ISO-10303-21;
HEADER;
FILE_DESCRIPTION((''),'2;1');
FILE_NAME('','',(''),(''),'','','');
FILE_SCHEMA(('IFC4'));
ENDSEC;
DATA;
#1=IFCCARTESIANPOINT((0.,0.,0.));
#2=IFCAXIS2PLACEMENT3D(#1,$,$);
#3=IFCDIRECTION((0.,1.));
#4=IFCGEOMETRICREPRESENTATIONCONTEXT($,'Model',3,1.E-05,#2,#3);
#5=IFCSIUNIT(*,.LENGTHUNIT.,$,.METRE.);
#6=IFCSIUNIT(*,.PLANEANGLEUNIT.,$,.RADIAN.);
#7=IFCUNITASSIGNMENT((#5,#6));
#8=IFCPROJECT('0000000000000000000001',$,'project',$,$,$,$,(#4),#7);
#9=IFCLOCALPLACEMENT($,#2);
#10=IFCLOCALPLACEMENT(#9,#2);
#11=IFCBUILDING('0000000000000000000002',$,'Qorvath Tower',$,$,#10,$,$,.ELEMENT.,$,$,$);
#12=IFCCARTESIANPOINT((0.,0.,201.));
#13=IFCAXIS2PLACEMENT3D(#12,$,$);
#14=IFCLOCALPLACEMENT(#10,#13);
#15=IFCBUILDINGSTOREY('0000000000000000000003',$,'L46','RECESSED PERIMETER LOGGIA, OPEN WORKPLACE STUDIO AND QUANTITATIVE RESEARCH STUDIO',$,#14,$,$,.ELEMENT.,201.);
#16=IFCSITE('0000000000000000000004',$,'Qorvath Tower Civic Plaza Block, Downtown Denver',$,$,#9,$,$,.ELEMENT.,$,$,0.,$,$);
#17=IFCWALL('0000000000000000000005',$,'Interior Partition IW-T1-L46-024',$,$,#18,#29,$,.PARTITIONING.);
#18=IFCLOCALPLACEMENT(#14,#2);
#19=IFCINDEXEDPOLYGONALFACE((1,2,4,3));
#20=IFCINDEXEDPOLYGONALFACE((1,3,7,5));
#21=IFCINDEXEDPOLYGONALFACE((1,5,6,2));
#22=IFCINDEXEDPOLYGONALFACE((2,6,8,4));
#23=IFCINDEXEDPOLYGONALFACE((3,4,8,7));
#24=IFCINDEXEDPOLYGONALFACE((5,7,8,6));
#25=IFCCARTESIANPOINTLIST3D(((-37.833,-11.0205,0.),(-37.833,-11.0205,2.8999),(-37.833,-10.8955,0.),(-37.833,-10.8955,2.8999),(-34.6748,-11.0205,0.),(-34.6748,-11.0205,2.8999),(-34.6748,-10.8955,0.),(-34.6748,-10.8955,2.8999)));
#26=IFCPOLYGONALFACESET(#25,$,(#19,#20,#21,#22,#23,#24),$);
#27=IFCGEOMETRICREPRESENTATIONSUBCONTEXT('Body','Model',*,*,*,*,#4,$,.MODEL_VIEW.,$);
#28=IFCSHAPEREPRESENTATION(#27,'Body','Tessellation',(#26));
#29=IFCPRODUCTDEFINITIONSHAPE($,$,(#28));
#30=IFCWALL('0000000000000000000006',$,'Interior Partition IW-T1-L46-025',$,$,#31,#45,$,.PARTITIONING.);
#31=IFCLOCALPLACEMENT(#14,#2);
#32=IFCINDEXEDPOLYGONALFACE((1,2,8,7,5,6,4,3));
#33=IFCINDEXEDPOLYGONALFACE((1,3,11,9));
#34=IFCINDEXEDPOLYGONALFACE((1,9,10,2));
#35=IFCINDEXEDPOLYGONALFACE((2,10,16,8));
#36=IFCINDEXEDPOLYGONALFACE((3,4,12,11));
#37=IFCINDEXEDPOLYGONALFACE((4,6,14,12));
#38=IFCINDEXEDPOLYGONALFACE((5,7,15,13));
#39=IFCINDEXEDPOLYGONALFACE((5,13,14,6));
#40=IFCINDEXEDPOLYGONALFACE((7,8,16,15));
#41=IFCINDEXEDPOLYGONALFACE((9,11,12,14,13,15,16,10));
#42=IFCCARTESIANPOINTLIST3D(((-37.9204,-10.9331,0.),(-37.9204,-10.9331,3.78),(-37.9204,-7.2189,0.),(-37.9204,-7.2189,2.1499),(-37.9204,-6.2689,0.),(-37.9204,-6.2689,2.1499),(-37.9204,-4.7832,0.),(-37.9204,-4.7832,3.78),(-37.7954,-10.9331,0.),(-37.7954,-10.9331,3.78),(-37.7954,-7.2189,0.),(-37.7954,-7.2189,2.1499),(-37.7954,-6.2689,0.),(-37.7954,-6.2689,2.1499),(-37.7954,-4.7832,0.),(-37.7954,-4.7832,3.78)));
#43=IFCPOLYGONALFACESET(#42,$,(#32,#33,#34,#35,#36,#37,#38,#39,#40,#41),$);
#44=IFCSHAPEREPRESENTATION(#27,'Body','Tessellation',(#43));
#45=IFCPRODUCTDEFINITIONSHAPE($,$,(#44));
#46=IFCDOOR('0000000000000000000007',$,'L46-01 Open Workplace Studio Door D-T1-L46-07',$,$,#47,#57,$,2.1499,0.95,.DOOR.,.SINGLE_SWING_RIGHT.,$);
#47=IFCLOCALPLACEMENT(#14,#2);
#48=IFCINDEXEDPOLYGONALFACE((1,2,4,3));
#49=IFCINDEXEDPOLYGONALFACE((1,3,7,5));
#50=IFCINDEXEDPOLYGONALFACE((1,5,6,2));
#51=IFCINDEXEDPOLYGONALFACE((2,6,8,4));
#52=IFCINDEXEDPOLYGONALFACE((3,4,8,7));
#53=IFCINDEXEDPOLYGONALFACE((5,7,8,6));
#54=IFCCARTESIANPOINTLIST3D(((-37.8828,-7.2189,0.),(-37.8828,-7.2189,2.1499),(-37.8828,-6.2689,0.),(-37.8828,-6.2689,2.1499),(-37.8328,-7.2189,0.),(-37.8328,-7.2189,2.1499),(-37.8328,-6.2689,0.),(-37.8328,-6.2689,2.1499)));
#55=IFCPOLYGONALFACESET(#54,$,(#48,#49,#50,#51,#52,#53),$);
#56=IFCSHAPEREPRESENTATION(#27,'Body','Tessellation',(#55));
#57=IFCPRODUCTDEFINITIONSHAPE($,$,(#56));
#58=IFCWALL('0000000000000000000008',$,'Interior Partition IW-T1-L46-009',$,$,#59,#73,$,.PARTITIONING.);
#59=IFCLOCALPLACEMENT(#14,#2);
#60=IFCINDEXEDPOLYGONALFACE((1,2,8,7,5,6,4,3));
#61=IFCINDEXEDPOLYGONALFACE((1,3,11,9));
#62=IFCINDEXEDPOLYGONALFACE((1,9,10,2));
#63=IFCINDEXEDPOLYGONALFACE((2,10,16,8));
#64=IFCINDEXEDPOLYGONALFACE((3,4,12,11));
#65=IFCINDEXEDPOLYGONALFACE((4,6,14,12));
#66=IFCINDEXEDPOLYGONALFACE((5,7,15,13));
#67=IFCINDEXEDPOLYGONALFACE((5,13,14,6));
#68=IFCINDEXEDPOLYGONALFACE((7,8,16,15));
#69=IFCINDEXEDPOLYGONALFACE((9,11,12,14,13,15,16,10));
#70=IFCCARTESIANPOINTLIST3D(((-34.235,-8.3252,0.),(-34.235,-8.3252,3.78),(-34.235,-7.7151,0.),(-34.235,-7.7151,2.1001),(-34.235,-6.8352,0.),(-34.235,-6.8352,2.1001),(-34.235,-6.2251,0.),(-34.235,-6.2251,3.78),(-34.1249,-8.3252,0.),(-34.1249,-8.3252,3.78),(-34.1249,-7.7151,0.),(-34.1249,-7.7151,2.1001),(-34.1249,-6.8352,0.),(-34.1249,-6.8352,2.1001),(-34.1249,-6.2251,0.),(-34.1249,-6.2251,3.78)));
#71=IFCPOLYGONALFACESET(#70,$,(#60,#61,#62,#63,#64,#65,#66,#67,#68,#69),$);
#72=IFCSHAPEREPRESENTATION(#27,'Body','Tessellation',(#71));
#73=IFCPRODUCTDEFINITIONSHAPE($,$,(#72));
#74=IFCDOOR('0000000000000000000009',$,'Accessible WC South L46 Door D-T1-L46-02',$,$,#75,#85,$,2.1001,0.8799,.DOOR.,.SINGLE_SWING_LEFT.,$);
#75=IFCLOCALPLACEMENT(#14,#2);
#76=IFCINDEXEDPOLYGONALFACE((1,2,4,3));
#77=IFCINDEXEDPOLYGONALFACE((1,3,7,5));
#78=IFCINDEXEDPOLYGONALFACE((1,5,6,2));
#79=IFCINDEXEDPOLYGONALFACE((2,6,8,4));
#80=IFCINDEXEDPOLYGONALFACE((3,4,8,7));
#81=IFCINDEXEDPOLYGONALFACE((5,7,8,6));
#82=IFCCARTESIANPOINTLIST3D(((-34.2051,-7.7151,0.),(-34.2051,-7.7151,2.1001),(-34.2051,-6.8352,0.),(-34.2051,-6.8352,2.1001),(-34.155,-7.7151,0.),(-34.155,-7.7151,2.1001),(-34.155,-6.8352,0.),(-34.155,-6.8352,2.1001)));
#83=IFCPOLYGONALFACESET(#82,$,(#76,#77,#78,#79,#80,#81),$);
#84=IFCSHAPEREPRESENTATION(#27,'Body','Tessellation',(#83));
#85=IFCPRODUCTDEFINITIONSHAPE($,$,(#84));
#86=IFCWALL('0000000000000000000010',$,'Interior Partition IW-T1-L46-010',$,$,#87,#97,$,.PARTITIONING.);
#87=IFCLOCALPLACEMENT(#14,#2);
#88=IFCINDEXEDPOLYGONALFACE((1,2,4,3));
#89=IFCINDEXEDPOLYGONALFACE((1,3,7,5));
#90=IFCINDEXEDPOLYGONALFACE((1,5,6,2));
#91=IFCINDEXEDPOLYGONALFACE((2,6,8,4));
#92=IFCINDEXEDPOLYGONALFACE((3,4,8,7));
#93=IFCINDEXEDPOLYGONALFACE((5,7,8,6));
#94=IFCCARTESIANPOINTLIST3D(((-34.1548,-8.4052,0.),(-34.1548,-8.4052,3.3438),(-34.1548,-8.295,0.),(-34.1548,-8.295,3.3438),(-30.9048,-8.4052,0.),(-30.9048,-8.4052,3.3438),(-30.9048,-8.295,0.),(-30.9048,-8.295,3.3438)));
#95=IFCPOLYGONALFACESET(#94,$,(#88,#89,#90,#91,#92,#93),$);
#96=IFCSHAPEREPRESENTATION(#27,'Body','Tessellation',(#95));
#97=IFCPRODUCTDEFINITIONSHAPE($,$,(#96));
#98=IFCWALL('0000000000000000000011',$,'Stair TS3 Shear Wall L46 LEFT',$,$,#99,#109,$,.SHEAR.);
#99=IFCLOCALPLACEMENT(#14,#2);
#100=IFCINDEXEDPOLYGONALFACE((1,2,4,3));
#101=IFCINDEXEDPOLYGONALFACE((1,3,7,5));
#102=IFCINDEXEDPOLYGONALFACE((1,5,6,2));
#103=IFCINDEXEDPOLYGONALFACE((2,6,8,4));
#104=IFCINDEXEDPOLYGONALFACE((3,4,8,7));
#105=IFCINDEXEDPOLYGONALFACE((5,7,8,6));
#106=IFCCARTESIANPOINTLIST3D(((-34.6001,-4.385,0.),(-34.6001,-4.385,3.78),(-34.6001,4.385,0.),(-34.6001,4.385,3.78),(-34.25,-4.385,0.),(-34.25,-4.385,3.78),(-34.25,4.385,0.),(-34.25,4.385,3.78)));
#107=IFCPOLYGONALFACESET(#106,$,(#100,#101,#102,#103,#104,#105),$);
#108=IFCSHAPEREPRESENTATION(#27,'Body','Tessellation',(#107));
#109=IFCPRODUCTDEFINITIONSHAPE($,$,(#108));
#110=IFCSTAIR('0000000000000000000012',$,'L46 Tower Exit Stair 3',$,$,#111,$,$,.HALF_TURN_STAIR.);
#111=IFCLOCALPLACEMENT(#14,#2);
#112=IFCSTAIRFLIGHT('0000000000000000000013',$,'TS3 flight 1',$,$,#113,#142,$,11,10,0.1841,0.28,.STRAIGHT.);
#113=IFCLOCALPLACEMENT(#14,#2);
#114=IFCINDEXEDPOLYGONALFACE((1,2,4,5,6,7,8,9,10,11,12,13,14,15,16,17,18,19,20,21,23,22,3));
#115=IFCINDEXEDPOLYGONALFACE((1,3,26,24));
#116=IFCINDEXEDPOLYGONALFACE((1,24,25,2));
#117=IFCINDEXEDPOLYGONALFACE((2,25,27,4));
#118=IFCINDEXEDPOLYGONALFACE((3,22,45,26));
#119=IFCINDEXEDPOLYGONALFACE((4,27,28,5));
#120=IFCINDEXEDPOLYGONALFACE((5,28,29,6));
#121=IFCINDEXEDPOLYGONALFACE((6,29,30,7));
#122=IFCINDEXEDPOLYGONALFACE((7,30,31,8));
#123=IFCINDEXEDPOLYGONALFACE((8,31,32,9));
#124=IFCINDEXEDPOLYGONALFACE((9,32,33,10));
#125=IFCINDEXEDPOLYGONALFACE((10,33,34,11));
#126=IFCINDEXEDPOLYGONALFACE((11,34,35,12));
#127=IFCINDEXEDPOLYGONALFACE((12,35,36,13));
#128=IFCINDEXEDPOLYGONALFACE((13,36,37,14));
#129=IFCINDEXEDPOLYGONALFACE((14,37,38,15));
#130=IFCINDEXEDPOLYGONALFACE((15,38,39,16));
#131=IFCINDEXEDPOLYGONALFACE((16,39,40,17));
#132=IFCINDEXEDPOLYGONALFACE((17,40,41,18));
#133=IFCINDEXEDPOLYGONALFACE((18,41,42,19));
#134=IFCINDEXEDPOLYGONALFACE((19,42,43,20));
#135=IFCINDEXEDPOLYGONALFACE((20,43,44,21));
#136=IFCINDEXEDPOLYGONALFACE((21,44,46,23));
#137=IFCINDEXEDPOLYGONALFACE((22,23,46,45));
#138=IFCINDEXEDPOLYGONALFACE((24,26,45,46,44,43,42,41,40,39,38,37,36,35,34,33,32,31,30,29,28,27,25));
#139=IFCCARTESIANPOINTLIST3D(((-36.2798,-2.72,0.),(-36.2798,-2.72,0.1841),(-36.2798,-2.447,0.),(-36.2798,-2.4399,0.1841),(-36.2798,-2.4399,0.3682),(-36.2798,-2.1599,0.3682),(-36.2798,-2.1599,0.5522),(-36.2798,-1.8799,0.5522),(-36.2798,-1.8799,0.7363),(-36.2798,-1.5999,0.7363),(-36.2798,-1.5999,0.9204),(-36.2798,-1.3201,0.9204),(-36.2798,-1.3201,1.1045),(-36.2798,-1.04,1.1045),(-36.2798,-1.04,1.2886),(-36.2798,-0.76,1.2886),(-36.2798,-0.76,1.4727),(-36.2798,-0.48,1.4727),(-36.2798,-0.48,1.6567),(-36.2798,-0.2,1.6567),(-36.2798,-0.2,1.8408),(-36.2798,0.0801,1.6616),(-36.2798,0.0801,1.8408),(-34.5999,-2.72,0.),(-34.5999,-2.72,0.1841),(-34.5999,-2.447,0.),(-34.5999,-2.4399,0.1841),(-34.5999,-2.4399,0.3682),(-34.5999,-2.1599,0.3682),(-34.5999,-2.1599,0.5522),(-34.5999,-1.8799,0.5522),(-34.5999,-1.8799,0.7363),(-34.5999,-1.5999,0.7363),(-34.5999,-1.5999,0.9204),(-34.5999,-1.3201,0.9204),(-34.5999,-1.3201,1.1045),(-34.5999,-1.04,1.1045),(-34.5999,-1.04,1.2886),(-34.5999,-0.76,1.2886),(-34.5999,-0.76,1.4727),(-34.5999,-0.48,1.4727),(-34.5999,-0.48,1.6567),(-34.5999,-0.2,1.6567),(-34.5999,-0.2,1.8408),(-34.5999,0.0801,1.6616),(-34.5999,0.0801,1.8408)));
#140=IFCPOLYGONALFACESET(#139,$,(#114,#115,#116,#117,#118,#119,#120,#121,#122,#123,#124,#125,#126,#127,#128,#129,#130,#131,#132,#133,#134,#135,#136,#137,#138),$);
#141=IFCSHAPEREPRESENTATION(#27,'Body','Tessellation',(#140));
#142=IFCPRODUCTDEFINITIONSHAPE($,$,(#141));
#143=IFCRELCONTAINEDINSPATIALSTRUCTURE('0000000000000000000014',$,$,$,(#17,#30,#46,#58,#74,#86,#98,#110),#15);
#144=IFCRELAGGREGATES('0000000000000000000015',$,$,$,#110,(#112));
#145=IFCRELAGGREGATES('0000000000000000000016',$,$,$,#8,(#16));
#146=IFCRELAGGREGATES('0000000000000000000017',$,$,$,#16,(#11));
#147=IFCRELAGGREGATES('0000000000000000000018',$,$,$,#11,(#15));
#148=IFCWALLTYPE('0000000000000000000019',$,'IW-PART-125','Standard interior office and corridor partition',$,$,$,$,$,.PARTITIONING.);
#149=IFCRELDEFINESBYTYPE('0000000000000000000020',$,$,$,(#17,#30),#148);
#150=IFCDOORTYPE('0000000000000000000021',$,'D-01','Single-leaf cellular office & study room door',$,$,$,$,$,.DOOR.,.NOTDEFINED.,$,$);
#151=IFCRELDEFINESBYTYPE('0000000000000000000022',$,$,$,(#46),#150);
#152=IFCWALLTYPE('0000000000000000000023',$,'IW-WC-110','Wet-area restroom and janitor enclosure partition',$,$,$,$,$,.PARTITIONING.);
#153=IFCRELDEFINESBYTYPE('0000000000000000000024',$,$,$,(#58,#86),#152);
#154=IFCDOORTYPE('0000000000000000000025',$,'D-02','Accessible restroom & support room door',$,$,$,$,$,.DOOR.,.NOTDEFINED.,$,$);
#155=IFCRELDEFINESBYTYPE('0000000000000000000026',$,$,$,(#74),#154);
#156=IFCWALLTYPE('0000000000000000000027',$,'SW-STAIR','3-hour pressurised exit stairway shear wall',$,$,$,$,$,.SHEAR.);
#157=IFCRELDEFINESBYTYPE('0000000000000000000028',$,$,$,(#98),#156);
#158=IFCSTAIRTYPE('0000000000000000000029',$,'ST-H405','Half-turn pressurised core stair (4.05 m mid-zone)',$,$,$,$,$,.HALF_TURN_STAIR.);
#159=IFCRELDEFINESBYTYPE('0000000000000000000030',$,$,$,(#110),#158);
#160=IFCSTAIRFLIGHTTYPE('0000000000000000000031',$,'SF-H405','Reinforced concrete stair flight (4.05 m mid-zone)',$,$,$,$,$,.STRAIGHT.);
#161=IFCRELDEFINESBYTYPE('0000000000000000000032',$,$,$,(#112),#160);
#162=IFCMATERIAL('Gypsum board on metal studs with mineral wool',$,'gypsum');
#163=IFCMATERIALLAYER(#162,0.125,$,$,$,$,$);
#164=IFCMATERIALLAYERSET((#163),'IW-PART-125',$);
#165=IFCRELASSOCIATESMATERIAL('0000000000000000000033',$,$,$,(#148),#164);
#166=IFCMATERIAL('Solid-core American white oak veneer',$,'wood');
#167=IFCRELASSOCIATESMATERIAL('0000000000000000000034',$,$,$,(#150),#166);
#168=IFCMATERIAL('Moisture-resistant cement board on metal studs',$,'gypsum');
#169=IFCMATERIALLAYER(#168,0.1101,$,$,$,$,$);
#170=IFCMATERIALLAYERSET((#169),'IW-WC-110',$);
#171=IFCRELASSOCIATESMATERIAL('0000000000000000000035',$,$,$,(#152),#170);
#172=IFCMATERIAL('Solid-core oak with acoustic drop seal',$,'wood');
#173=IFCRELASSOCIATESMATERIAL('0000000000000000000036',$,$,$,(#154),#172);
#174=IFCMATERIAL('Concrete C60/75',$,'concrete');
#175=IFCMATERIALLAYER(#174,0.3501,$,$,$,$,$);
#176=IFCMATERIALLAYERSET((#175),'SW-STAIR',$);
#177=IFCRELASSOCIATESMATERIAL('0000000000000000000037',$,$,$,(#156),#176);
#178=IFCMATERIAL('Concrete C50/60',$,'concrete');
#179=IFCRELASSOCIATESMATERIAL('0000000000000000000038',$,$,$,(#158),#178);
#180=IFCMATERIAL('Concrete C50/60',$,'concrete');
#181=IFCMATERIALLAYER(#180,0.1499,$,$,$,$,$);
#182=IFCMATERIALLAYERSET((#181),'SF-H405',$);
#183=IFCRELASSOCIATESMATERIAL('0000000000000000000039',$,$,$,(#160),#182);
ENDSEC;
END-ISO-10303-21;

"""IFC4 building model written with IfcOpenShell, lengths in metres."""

from ifc_helpers import new_model, si_unit, direction, frame, frame_2d, origin, place, context, subcontext, project, spatial, polyline, rectangle, outline, extrude, material, layer, layer_set, type_object, element, fill, aggregate, save


model = new_model("IFC4")

# Units and contexts
model_context = context("Model", 3, precision=1e-05, world=origin(), true_north=direction((0.0, 1.0)))
body_context = subcontext(model_context, "Body", "Model", "MODEL_VIEW")
ifc_project = project(units=[si_unit("LENGTHUNIT", "METRE"), si_unit("PLANEANGLEUNIT", "RADIAN")], contexts=[model_context])

# Site, building, storey
site_placement = place(None, origin())
site = spatial("IfcSite", under=ifc_project, at=site_placement, Name="Qorvath Tower Civic Plaza Block, Downtown Denver", CompositionType="ELEMENT", RefElevation=0.0)
building_placement = place(site_placement, origin())
building = spatial("IfcBuilding", under=site, at=building_placement, Name="Qorvath Tower", CompositionType="ELEMENT")
storey_placement = place(building_placement, frame((0.0, 0.0, 201.0)))
storey = spatial("IfcBuildingStorey", under=building, at=storey_placement, Name="L46", Description="RECESSED PERIMETER LOGGIA, OPEN WORKPLACE STUDIO AND QUANTITATIVE RESEARCH STUDIO", CompositionType="ELEMENT", Elevation=201.0)

# Wall
ifc_material_1 = material(Name="Gypsum board on metal studs with mineral wool", Category="gypsum")
ifc_layer_1 = layer(ifc_material_1, 0.125)
ifc_layer_set_1 = layer_set([ifc_layer_1], Name="IW-PART-125")
wall_type_1 = type_object("IfcWallType", Name="IW-PART-125", Description="Standard interior office and corridor partition", PredefinedType="PARTITIONING", material=ifc_layer_set_1)
wall_1_placement = place(storey_placement, frame((-37.833, -10.958, 0.0), z_axis=(0.0, 0.0, 1.0), x_axis=(1.0, 0.0, 0.0)))
element("IfcWall", 1, at=wall_1_placement, inside=storey, type_object=wall_type_1, Name="Interior Partition IW-T1-L46-024", PredefinedType="PARTITIONING", context=body_context, shape_type="SweptSolid", body=[
    extrude(rectangle(XDim=3.1582, YDim=0.125, at=frame_2d((1.5791, 0.0))), origin(), (0.0, 0.0, 1.0), 2.8999),
])

# Walls, openings, doors
wall_2_placement = place(storey_placement, frame((-37.8579, -10.9331, 0.0), z_axis=(0.0, 0.0, 1.0), x_axis=(0.0, 1.0, 0.0)))
wall_2 = element("IfcWall", 2, at=wall_2_placement, inside=storey, type_object=wall_type_1, Name="Interior Partition IW-T1-L46-025", PredefinedType="PARTITIONING", context=body_context, shape_type="SweptSolid", body=[
    extrude(rectangle(XDim=6.1499, YDim=0.125, at=frame_2d((3.075, 0.0))), origin(), (0.0, 0.0, 1.0), 3.78),
])
opening_1_placement = place(wall_2_placement, frame((3.7141, 0.0, 0.0)))
opening_1 = element("IfcOpeningElement", 3, at=opening_1_placement, cuts=wall_2, PredefinedType="OPENING", context=body_context, shape_type="SweptSolid", body=[
    extrude(rectangle(XDim=0.95, YDim=2.1499, at=frame_2d((0.4751, 1.075))), frame((0.0, 0.0725, 0.0), z_axis=(0.0, -1.0, 0.0), x_axis=(1.0, 0.0, 0.0)), (0.0, 0.0, 1.0), 0.145),
])
ifc_material_2 = material(Name="Solid-core American white oak veneer", Category="wood")
door_type_1 = type_object("IfcDoorType", Name="D-01", Description="Single-leaf cellular office & study room door", OperationType="NOTDEFINED", PredefinedType="DOOR", material=ifc_material_2)
door_1_placement = place(opening_1_placement, origin())
door_1 = element("IfcDoor", 4, at=door_1_placement, inside=storey, type_object=door_type_1, Name="L46-01 Open Workplace Studio Door D-T1-L46-07", OperationType="SINGLE_SWING_RIGHT", OverallHeight=2.1499, OverallWidth=0.95, PredefinedType="DOOR", context=body_context, shape_type="SweptSolid", body=[
    extrude(rectangle(XDim=0.95, YDim=2.1499, at=frame_2d((0.4751, 1.075))), frame((0.0, 0.0249, 0.0), z_axis=(0.0, -1.0, 0.0), x_axis=(1.0, 0.0, 0.0)), (0.0, 0.0, 1.0), 0.05),
])
fill(opening_1, door_1)
ifc_material_3 = material(Name="Moisture-resistant cement board on metal studs", Category="gypsum")
ifc_layer_2 = layer(ifc_material_3, 0.1101)
ifc_layer_set_2 = layer_set([ifc_layer_2], Name="IW-WC-110")
wall_type_2 = type_object("IfcWallType", Name="IW-WC-110", Description="Wet-area restroom and janitor enclosure partition", PredefinedType="PARTITIONING", material=ifc_layer_set_2)
wall_3_placement = place(storey_placement, frame((-34.1799, -6.2251, 0.0), z_axis=(0.0, 0.0, 1.0), x_axis=(0.0, -1.0, 0.0)))
wall_3 = element("IfcWall", 5, at=wall_3_placement, inside=storey, type_object=wall_type_2, Name="Interior Partition IW-T1-L46-009", PredefinedType="PARTITIONING", context=body_context, shape_type="SweptSolid", body=[
    extrude(rectangle(XDim=2.1001, YDim=0.1101, at=frame_2d((1.05, 0.0))), origin(), (0.0, 0.0, 1.0), 3.78),
])
opening_2_placement = place(wall_3_placement, frame((0.6101, 0.0, 0.0)))
opening_2 = element("IfcOpeningElement", 6, at=opening_2_placement, cuts=wall_3, PredefinedType="OPENING", context=body_context, shape_type="SweptSolid", body=[
    extrude(rectangle(XDim=0.8799, YDim=2.1001, at=frame_2d((0.4399, 1.05))), frame((0.0, 0.0649, 0.0), z_axis=(0.0, -1.0, 0.0), x_axis=(1.0, 0.0, 0.0)), (0.0, 0.0, 1.0), 0.1301),
])
ifc_material_4 = material(Name="Solid-core oak with acoustic drop seal", Category="wood")
door_type_2 = type_object("IfcDoorType", Name="D-02", Description="Accessible restroom & support room door", OperationType="NOTDEFINED", PredefinedType="DOOR", material=ifc_material_4)
door_2_placement = place(opening_2_placement, origin())
door_2 = element("IfcDoor", 7, at=door_2_placement, inside=storey, type_object=door_type_2, Name="Accessible WC South L46 Door D-T1-L46-02", OperationType="SINGLE_SWING_LEFT", OverallHeight=2.1001, OverallWidth=0.8799, PredefinedType="DOOR", context=body_context, shape_type="SweptSolid", body=[
    extrude(rectangle(XDim=0.8799, YDim=2.1001, at=frame_2d((0.4399, 1.05))), frame((0.0, 0.0249, 0.0), z_axis=(0.0, -1.0, 0.0), x_axis=(1.0, 0.0, 0.0)), (0.0, 0.0, 1.0), 0.05),
])
fill(opening_2, door_2)

# Walls
wall_4_placement = place(storey_placement, frame((-34.1548, -8.3501, 0.0), z_axis=(0.0, 0.0, 1.0), x_axis=(1.0, 0.0, 0.0)))
element("IfcWall", 8, at=wall_4_placement, inside=storey, type_object=wall_type_2, Name="Interior Partition IW-T1-L46-010", PredefinedType="PARTITIONING", context=body_context, shape_type="SweptSolid", body=[
    extrude(rectangle(XDim=3.25, YDim=0.1101, at=frame_2d((1.625, 0.0))), origin(), (0.0, 0.0, 1.0), 3.3438),
])
ifc_material_5 = material(Name="Concrete C60/75", Category="concrete")
ifc_layer_3 = layer(ifc_material_5, 0.3501)
ifc_layer_set_3 = layer_set([ifc_layer_3], Name="SW-STAIR")
wall_type_3 = type_object("IfcWallType", Name="SW-STAIR", Description="3-hour pressurised exit stairway shear wall", PredefinedType="SHEAR", material=ifc_layer_set_3)
wall_5_placement = place(storey_placement, frame((-34.425, -4.385, 0.0), z_axis=(0.0, 0.0, 1.0), x_axis=(0.0, 1.0, 0.0)))
element("IfcWall", 9, at=wall_5_placement, inside=storey, type_object=wall_type_3, Name="Stair TS3 Shear Wall L46 LEFT", PredefinedType="SHEAR", context=body_context, shape_type="SweptSolid", body=[
    extrude(rectangle(XDim=8.77, YDim=0.3501, at=frame_2d((4.385, 0.0))), origin(), (0.0, 0.0, 1.0), 3.78),
])

# Stair, stair flight
ifc_material_6 = material(Name="Concrete C50/60", Category="concrete")
stair_type = type_object("IfcStairType", Name="ST-H405", Description="Half-turn pressurised core stair (4.05 m mid-zone)", PredefinedType="HALF_TURN_STAIR", material=ifc_material_6)
stair_placement = place(storey_placement, origin())
stair = element("IfcStair", 10, at=stair_placement, inside=storey, type_object=stair_type, Name="L46 Tower Exit Stair 3", PredefinedType="HALF_TURN_STAIR")
ifc_material_7 = material(Name="Concrete C50/60", Category="concrete")
ifc_layer_4 = layer(ifc_material_7, 0.1499)
ifc_layer_set_4 = layer_set([ifc_layer_4], Name="SF-H405")
stair_flight_type = type_object("IfcStairFlightType", Name="SF-H405", Description="Reinforced concrete stair flight (4.05 m mid-zone)", PredefinedType="STRAIGHT", material=ifc_layer_set_4)
stair_flight_placement = place(storey_placement, frame((-35.4399, -2.72, 0.0), z_axis=(0.0, 0.0, 1.0), x_axis=(0.0, 1.0, 0.0)))
stair_flight = element("IfcStairFlight", 11, at=stair_flight_placement, type_object=stair_flight_type, Name="TS3 flight 1", NumberOfRisers=11, NumberOfTreads=10, PredefinedType="STRAIGHT", RiserHeight=0.1841, TreadLength=0.28, context=body_context, shape_type="SweptSolid", body=[
    extrude(outline(polyline([(0.0, 0.0), (0.0, 0.1841), (0.28, 0.1841), (0.28, 0.3682), (0.5601, 0.3682), (0.5601, 0.5522), (0.8401, 0.5522), (0.8401, 0.7363), (1.1201, 0.7363), (1.1201, 0.9204), (1.3999, 0.9204), (1.3999, 1.1045), (1.6799, 1.1045), (1.6799, 1.2886), (1.96, 1.2886), (1.96, 1.4727), (2.24, 1.4727), (2.24, 1.6567), (2.52, 1.6567), (2.52, 1.8408), (2.8, 1.8408), (2.8, 2.0249), (2.8, 1.6616), (0.2729, 0.0), (0.0, 0.0)])), frame((0.0, 0.8398, 0.0), z_axis=(0.0, -1.0, 0.0), x_axis=(1.0, 0.0, 0.0)), (0.0, 0.0, 1.0), 1.6799),
])
aggregate(stair, [stair_flight])

save(model, "model.ifc")
